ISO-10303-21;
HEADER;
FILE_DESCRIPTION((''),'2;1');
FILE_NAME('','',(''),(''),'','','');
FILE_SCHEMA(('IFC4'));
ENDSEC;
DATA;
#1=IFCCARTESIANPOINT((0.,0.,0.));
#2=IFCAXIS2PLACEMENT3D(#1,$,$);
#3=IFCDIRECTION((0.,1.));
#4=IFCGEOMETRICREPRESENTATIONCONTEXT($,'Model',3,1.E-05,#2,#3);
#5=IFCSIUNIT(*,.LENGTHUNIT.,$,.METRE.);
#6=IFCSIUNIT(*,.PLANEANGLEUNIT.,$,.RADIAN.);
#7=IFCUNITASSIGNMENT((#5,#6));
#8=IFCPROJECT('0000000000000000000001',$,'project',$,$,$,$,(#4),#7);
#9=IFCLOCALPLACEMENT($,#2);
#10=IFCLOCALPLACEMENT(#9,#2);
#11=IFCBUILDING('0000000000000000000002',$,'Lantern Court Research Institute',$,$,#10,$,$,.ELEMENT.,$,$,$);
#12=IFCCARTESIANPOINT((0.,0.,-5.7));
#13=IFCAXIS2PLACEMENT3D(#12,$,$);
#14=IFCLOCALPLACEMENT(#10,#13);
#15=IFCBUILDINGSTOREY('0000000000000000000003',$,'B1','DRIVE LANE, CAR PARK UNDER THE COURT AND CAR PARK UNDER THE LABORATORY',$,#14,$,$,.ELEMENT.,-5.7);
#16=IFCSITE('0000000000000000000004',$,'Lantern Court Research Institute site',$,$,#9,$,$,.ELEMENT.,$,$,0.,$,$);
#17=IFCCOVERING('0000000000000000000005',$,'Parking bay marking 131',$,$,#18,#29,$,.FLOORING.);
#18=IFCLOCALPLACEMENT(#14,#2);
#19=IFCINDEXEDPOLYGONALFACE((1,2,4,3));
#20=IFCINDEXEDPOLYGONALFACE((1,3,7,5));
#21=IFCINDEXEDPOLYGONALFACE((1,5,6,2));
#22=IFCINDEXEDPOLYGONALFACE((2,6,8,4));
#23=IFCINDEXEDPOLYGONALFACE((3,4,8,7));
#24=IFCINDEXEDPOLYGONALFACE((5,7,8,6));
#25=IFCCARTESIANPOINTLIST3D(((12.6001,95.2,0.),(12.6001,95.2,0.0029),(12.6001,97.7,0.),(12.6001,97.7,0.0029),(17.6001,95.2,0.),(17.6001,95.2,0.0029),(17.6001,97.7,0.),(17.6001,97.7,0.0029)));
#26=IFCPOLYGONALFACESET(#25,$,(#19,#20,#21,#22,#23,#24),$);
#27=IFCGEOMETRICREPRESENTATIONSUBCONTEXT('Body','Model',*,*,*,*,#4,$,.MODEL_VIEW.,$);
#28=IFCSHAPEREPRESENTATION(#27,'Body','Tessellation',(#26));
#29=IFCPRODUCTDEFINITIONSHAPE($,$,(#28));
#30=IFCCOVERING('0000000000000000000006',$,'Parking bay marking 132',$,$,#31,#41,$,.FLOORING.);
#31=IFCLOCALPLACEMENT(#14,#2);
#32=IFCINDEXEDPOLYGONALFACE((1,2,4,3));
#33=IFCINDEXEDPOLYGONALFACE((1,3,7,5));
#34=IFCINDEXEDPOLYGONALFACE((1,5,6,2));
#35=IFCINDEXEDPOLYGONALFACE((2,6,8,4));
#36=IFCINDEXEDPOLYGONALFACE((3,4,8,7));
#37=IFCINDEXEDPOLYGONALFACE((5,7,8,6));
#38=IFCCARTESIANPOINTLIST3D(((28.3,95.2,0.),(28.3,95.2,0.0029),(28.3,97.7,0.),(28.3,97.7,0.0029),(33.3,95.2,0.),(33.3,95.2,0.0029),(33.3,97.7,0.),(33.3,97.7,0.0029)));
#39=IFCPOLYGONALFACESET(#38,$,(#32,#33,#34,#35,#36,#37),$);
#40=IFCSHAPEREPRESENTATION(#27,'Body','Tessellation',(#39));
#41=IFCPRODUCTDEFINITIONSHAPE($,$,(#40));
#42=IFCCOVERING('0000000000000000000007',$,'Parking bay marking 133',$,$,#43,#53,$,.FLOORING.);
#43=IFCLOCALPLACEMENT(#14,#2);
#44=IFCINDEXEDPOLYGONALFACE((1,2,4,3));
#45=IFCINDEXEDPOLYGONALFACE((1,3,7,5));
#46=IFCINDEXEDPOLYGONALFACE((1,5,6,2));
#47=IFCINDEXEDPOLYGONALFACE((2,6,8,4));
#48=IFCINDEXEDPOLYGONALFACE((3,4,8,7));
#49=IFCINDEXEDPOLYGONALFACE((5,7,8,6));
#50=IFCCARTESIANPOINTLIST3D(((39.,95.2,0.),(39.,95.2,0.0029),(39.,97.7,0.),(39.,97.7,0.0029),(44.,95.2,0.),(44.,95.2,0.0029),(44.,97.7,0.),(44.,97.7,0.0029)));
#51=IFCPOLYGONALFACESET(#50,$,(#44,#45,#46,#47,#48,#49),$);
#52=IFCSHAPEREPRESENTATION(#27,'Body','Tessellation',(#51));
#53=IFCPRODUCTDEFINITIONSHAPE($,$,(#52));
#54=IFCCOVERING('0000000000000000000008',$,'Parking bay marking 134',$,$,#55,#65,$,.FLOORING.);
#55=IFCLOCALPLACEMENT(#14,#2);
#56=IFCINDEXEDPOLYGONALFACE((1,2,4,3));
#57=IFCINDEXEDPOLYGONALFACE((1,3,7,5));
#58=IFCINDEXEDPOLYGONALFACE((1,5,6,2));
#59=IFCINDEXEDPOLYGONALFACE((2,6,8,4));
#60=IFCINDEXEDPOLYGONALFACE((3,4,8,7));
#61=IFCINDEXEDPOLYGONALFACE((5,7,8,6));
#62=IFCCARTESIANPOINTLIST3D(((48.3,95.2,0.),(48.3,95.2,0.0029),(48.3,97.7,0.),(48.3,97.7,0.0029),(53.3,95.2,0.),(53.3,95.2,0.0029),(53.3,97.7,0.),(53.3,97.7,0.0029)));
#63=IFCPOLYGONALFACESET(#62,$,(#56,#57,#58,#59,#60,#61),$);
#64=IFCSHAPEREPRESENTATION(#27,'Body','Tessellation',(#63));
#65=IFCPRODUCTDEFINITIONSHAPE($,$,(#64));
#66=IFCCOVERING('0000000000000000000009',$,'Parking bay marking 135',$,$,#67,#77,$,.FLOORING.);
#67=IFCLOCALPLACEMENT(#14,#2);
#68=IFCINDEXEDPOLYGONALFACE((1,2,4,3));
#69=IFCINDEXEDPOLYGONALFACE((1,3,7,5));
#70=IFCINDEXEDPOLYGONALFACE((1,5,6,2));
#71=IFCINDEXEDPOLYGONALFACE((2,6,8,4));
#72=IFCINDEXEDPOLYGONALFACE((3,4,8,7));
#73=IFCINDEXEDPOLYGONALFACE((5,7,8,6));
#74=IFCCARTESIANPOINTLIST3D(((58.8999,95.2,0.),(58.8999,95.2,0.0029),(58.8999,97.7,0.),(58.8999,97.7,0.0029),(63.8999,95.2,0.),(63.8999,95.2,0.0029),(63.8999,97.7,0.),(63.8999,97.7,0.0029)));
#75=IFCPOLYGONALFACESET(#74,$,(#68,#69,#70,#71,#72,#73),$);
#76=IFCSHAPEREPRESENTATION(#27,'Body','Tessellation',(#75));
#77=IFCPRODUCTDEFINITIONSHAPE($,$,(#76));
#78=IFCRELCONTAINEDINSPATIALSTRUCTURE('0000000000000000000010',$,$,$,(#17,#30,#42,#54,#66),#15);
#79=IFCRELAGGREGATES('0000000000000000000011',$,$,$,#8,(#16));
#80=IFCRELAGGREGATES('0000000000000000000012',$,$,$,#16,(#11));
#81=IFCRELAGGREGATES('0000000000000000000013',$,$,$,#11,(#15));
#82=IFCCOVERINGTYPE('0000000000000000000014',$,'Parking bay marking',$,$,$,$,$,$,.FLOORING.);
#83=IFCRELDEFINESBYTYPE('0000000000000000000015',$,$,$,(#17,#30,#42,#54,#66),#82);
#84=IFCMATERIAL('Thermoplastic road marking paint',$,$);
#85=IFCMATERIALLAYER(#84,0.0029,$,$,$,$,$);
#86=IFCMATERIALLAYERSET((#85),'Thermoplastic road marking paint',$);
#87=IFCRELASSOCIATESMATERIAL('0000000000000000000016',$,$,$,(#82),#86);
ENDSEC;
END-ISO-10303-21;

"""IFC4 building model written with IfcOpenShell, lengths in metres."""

from ifc_helpers import new_model, si_unit, direction, frame, origin, place, context, subcontext, project, spatial, polyline, outline, extrude, material, layer, layer_set, type_object, element, save


model = new_model("IFC4")

# Units and contexts
model_context = context("Model", 3, precision=1e-05, world=origin(), true_north=direction((0.0, 1.0)))
body_context = subcontext(model_context, "Body", "Model", "MODEL_VIEW")
ifc_project = project(units=[si_unit("LENGTHUNIT", "METRE"), si_unit("PLANEANGLEUNIT", "RADIAN")], contexts=[model_context])

# Site, building, storey
site_placement = place(None, origin())
site = spatial("IfcSite", under=ifc_project, at=site_placement, Name="Lantern Court Research Institute site", CompositionType="ELEMENT", RefElevation=0.0)
building_placement = place(site_placement, origin())
building = spatial("IfcBuilding", under=site, at=building_placement, Name="Lantern Court Research Institute", CompositionType="ELEMENT")
storey_placement = place(building_placement, frame((0.0, 0.0, -5.7)))
storey = spatial("IfcBuildingStorey", under=building, at=storey_placement, Name="B1", Description="DRIVE LANE, CAR PARK UNDER THE COURT AND CAR PARK UNDER THE LABORATORY", CompositionType="ELEMENT", Elevation=-5.7)

# Coverings
ifc_material_1 = material(Name="Thermoplastic road marking paint")
ifc_layer_1 = layer(ifc_material_1, 0.0029)
ifc_layer_set_1 = layer_set([ifc_layer_1], Name="Thermoplastic road marking paint")
covering_type_1 = type_object("IfcCoveringType", Name="Parking bay marking", PredefinedType="FLOORING", material=ifc_layer_set_1)
covering_1_placement = place(storey_placement, origin())
element("IfcCovering", 1, at=covering_1_placement, inside=storey, type_object=covering_type_1, Name="Parking bay marking 131", PredefinedType="FLOORING", context=body_context, shape_type="SweptSolid", body=[
    extrude(outline(polyline([(12.6001, 95.2), (17.6001, 95.2), (17.6001, 97.7), (12.6001, 97.7), (12.6001, 95.2)])), origin(), (0.0, 0.0, 1.0), 0.0029),
])
covering_2_placement = place(storey_placement, origin())
element("IfcCovering", 2, at=covering_2_placement, inside=storey, type_object=covering_type_1, Name="Parking bay marking 132", PredefinedType="FLOORING", context=body_context, shape_type="SweptSolid", body=[
    extrude(outline(polyline([(28.3, 95.2), (33.3, 95.2), (33.3, 97.7), (28.3, 97.7), (28.3, 95.2)])), origin(), (0.0, 0.0, 1.0), 0.0029),
])
covering_3_placement = place(storey_placement, origin())
element("IfcCovering", 3, at=covering_3_placement, inside=storey, type_object=covering_type_1, Name="Parking bay marking 133", PredefinedType="FLOORING", context=body_context, shape_type="SweptSolid", body=[
    extrude(outline(polyline([(39.0, 95.2), (44.0, 95.2), (44.0, 97.7), (39.0, 97.7), (39.0, 95.2)])), origin(), (0.0, 0.0, 1.0), 0.0029),
])
covering_4_placement = place(storey_placement, origin())
element("IfcCovering", 4, at=covering_4_placement, inside=storey, type_object=covering_type_1, Name="Parking bay marking 134", PredefinedType="FLOORING", context=body_context, shape_type="SweptSolid", body=[
    extrude(outline(polyline([(48.3, 95.2), (53.3, 95.2), (53.3, 97.7), (48.3, 97.7), (48.3, 95.2)])), origin(), (0.0, 0.0, 1.0), 0.0029),
])
covering_5_placement = place(storey_placement, origin())
element("IfcCovering", 5, at=covering_5_placement, inside=storey, type_object=covering_type_1, Name="Parking bay marking 135", PredefinedType="FLOORING", context=body_context, shape_type="SweptSolid", body=[
    extrude(outline(polyline([(58.8999, 95.2), (63.8999, 95.2), (63.8999, 97.7), (58.8999, 97.7), (58.8999, 95.2)])), origin(), (0.0, 0.0, 1.0), 0.0029),
])

save(model, "model.ifc")
